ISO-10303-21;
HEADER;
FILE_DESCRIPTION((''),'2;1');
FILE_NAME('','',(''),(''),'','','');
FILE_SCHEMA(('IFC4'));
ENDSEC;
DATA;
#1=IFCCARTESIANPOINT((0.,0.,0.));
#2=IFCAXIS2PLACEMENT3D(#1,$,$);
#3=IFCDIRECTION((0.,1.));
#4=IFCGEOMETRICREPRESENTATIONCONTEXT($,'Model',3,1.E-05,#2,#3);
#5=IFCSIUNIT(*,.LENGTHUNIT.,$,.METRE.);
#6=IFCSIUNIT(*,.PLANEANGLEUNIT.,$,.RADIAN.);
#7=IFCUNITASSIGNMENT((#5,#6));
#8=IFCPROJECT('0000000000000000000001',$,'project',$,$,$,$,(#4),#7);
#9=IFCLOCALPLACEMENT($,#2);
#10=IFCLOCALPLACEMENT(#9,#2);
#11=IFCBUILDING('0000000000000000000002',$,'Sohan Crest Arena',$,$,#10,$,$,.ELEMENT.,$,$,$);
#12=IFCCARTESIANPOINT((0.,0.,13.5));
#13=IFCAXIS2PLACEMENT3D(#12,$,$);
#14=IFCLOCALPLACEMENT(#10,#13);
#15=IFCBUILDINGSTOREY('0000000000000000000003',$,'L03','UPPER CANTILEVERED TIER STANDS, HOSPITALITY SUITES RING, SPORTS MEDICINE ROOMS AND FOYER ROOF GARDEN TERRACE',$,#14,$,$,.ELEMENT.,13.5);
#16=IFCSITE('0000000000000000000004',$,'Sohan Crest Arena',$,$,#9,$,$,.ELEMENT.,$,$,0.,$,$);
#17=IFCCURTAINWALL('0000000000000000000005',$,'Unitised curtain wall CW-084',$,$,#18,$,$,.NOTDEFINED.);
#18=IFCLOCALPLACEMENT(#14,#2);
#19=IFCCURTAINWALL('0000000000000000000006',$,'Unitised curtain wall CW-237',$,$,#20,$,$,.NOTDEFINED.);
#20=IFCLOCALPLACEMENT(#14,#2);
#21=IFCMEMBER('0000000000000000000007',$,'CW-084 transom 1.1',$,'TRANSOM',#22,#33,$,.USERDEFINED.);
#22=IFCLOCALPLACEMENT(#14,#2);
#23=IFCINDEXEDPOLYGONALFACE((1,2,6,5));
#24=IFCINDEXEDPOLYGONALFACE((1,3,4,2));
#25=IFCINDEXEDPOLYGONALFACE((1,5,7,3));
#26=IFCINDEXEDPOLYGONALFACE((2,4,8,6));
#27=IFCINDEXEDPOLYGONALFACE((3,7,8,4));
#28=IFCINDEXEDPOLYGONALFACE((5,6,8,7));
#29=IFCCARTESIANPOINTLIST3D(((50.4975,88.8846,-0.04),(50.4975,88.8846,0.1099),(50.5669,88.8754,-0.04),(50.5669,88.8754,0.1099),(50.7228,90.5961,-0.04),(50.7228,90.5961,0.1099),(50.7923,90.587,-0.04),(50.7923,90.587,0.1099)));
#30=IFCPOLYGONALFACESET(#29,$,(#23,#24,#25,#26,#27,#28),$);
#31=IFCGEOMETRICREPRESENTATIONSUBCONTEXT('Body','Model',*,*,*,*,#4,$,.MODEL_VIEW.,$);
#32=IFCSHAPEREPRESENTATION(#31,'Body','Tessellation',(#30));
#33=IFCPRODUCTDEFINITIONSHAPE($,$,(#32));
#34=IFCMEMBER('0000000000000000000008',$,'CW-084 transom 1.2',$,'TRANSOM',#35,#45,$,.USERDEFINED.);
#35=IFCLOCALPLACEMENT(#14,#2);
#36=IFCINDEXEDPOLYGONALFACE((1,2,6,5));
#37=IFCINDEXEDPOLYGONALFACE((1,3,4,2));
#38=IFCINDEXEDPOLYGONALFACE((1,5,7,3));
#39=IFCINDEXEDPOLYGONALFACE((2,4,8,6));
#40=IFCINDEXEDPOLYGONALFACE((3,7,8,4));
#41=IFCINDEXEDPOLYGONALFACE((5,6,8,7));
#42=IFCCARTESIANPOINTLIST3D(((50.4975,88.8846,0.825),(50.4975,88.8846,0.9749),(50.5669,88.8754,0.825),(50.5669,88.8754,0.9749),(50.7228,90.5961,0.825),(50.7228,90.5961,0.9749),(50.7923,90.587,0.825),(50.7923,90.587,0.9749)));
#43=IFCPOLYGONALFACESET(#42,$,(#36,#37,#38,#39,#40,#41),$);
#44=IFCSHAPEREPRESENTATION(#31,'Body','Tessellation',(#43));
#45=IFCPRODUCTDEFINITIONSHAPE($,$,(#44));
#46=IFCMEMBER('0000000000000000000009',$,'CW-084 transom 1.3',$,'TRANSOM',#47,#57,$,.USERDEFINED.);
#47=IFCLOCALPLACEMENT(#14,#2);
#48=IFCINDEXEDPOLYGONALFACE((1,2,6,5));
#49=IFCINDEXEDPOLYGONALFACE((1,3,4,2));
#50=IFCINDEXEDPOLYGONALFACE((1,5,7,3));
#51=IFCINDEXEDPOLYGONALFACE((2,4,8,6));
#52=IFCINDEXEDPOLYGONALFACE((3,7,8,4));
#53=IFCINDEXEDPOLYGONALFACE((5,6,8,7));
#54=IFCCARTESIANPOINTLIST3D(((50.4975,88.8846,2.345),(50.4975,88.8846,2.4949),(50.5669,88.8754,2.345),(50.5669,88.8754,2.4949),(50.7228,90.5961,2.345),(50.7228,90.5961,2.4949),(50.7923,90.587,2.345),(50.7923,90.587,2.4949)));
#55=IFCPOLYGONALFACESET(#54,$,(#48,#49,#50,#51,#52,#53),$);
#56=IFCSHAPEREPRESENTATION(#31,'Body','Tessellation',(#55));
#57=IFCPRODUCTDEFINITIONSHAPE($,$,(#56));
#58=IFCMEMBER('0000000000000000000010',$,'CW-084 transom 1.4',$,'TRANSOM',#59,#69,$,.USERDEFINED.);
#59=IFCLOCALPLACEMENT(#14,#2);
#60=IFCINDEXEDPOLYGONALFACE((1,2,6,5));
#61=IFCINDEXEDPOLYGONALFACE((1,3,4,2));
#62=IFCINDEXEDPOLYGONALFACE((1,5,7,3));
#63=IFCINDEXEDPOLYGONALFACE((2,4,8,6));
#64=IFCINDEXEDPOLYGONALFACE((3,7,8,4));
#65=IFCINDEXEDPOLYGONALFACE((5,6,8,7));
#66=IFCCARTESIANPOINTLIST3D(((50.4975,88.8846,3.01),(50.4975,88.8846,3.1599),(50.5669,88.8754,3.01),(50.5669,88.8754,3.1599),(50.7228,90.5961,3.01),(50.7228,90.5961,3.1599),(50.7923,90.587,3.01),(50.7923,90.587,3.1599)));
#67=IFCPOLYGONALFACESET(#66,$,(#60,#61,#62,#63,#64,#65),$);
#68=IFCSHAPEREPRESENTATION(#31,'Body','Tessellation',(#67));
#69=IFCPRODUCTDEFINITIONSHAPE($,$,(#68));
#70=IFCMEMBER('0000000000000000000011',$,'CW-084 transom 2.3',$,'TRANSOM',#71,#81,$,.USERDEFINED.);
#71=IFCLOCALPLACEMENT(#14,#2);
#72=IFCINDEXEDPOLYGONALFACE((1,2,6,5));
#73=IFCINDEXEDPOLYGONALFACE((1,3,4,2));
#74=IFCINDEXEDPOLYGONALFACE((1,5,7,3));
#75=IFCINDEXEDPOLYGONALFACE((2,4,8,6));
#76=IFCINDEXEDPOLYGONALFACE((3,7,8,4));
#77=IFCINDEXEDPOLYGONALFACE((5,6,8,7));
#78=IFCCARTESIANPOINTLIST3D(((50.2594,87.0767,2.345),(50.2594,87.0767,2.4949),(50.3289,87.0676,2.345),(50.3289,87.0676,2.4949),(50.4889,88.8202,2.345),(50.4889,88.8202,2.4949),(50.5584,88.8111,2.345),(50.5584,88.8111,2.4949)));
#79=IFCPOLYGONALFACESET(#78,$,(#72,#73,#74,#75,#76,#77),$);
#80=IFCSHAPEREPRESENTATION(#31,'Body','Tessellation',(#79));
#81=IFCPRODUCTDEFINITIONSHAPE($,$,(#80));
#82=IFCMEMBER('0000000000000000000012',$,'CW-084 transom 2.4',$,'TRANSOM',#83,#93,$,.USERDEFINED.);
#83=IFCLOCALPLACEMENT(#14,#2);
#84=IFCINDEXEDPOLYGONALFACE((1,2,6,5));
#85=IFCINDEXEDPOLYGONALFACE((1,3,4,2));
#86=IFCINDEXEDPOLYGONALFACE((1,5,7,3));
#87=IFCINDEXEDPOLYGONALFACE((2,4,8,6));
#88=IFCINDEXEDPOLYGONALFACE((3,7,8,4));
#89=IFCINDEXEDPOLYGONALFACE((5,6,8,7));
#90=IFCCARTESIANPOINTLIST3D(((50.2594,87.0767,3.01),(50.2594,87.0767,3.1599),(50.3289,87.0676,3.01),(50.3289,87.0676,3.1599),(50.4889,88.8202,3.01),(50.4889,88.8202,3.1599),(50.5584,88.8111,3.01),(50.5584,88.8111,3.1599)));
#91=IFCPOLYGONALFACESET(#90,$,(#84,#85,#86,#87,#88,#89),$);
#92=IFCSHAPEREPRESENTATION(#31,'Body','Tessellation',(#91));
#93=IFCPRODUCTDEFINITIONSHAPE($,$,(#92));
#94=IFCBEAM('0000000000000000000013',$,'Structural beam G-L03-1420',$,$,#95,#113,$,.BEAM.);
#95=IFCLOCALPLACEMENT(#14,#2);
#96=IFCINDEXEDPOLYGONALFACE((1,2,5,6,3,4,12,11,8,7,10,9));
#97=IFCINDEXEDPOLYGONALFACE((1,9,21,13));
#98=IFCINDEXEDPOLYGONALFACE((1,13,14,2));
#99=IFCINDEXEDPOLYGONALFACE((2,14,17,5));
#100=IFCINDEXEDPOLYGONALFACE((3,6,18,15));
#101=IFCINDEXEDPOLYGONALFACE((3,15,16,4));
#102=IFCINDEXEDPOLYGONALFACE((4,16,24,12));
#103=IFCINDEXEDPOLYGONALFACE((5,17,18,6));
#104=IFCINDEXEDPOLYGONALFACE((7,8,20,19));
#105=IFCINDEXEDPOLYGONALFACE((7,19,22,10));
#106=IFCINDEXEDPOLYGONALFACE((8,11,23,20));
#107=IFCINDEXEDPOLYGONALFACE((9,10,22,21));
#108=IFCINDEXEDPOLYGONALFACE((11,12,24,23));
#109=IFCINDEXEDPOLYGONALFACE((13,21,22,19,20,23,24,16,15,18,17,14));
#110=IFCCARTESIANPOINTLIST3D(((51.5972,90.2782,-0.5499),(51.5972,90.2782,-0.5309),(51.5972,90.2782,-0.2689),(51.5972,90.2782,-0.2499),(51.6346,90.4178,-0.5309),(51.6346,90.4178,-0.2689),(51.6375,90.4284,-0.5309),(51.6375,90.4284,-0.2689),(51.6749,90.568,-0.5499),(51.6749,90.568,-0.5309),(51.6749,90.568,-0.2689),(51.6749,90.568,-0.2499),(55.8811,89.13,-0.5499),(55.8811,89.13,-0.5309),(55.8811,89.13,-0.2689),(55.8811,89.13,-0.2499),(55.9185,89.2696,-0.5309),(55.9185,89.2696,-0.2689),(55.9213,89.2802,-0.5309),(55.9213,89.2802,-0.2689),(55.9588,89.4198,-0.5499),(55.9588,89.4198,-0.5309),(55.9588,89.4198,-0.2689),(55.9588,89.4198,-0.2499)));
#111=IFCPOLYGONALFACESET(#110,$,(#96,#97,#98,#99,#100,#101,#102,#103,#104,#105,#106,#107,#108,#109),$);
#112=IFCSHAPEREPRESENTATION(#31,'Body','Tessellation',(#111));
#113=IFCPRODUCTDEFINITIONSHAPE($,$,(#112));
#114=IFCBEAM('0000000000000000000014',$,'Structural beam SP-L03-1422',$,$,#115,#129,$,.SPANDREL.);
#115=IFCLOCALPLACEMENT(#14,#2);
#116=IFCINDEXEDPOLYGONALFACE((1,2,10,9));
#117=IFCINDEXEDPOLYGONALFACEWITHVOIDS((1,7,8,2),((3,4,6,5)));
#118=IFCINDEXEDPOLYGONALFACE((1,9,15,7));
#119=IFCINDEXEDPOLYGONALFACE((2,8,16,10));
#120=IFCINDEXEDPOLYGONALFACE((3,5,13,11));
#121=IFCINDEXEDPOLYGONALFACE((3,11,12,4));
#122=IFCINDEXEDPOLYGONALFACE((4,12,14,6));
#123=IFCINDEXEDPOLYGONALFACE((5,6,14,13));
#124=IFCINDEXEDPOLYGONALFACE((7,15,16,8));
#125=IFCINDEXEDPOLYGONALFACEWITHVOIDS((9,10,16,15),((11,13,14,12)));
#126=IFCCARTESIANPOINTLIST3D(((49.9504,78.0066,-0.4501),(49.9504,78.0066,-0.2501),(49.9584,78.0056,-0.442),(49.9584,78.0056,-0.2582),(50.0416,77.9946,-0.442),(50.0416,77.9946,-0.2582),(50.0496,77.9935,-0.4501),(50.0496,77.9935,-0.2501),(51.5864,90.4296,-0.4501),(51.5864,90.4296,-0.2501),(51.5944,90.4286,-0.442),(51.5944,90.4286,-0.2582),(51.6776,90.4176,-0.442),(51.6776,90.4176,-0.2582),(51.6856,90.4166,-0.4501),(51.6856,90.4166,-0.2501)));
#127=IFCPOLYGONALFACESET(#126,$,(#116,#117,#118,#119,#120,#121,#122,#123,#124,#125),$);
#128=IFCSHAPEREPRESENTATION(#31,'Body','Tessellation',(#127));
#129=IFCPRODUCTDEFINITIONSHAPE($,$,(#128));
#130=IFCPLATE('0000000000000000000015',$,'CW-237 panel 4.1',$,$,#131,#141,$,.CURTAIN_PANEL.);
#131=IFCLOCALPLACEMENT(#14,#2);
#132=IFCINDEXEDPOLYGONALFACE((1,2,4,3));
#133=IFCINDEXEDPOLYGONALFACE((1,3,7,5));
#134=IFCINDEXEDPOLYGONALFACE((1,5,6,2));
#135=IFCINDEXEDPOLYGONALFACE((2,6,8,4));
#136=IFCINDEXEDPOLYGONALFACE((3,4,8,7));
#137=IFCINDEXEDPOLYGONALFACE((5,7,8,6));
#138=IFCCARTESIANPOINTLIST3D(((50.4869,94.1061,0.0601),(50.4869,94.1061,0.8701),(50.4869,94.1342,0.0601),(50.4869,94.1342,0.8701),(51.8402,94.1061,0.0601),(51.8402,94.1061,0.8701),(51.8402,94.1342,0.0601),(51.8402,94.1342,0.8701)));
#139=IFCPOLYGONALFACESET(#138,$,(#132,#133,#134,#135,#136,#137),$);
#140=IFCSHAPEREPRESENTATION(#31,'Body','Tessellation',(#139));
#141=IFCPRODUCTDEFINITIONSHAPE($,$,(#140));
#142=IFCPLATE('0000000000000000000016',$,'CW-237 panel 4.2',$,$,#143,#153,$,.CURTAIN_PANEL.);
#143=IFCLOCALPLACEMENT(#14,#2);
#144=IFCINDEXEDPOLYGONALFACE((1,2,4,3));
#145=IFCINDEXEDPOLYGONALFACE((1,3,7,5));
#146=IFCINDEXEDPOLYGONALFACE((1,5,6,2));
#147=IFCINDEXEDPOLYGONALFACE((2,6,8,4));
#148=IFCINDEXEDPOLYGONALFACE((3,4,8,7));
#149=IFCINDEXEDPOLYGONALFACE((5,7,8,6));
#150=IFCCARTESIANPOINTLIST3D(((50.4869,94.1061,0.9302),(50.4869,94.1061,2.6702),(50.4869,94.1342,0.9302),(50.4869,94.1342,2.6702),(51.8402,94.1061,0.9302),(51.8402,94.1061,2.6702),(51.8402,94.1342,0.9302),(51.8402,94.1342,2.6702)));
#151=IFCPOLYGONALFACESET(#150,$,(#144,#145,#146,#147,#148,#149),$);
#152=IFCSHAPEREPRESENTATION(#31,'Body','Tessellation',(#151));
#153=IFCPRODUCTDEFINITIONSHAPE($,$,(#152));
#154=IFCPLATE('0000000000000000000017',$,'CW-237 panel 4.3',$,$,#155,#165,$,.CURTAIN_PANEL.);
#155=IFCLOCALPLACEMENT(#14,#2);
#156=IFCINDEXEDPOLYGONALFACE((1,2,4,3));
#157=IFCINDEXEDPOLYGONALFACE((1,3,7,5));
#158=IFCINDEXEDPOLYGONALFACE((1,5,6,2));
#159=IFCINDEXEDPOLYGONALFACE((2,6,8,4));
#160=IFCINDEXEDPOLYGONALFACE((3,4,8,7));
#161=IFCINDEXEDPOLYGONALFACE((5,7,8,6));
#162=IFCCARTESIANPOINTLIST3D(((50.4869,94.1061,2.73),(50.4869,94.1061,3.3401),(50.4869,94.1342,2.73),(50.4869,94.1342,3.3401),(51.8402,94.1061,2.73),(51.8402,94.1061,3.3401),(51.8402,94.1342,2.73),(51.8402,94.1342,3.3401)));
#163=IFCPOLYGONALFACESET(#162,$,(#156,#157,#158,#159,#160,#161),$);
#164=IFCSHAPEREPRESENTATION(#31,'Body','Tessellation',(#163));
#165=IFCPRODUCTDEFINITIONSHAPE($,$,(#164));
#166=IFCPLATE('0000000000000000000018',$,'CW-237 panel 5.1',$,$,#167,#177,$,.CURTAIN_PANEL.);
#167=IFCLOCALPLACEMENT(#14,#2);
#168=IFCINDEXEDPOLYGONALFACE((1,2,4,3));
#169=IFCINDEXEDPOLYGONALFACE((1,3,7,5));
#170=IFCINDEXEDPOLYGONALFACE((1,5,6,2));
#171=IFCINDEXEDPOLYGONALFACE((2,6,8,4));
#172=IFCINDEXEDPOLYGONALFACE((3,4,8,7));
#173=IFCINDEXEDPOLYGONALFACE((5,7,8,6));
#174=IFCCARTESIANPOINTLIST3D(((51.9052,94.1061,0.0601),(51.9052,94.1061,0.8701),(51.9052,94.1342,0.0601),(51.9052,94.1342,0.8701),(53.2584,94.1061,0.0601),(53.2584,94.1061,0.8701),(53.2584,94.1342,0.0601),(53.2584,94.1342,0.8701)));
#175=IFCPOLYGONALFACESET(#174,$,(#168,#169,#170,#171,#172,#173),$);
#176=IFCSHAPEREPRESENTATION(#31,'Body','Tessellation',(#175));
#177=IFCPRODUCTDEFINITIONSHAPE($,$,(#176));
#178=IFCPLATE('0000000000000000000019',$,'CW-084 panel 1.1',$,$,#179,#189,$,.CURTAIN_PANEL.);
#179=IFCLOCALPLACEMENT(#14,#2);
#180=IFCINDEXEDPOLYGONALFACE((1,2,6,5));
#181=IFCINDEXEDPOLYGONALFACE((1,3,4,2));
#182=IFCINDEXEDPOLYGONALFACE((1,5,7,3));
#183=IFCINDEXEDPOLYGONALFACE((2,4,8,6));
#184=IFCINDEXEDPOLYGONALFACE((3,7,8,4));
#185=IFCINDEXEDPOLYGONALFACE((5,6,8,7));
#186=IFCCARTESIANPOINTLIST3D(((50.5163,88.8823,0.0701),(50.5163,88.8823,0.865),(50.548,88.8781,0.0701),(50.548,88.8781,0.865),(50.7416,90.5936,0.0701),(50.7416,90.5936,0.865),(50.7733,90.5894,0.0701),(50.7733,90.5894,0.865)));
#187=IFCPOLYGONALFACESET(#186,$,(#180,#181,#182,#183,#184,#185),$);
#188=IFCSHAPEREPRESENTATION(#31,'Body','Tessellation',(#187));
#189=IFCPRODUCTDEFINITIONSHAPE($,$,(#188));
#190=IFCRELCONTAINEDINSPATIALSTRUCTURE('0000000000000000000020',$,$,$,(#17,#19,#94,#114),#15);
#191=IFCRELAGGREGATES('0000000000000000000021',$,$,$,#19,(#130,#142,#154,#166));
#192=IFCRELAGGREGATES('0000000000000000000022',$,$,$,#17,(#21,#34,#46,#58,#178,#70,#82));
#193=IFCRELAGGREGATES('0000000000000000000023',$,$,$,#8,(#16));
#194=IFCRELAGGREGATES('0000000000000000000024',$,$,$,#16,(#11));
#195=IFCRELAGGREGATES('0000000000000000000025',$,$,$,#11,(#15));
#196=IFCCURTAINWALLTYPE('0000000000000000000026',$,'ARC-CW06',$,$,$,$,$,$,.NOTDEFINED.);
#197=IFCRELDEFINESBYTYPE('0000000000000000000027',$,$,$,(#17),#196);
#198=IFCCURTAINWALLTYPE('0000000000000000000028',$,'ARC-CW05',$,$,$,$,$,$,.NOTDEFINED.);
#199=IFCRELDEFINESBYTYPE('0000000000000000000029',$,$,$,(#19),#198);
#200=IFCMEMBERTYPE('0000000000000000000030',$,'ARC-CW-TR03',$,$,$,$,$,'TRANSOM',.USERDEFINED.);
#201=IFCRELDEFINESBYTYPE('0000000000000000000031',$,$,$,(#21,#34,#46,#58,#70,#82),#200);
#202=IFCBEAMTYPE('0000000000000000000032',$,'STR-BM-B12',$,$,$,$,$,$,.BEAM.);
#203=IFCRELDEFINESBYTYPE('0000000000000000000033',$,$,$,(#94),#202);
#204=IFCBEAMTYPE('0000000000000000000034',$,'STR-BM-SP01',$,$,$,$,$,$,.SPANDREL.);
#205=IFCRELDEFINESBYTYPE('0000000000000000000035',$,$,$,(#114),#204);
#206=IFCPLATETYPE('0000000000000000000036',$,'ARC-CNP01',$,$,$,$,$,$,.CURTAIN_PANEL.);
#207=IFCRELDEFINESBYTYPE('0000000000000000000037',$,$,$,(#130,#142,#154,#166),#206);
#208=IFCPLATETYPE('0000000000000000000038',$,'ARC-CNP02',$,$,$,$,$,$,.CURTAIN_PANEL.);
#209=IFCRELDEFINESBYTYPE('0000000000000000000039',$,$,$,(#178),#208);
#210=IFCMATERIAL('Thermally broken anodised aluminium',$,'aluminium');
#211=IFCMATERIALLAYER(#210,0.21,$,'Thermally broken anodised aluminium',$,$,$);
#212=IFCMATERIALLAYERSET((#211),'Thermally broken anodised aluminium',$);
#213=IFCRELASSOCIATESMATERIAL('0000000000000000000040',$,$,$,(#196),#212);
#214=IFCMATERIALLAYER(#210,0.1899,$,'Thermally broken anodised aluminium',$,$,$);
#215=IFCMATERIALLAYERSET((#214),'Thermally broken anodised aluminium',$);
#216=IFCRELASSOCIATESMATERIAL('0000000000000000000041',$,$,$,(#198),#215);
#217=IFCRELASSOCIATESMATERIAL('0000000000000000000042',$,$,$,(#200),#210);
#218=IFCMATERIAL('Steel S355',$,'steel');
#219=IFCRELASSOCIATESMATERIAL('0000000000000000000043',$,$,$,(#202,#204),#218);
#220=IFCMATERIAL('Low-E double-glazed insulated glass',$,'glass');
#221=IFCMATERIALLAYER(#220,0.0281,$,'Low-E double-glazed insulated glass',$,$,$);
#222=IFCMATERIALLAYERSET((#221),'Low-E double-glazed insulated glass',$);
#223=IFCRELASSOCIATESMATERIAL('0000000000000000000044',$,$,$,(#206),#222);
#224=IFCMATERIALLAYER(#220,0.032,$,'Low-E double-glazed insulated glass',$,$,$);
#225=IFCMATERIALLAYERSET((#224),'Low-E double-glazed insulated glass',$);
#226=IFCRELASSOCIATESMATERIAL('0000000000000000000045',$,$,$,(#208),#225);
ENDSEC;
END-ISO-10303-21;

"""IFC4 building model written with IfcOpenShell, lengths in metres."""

from ifc_helpers import new_model, si_unit, direction, frame, origin, origin_2d, place, context, subcontext, project, spatial, rectangle, hollow_rectangle, i_section, extrude, material, layer, layer_set, material_profile, profile_set, type_object, element, aggregate, save


model = new_model("IFC4")

# Units and contexts
model_context = context("Model", 3, precision=1e-05, world=origin(), true_north=direction((0.0, 1.0)))
body_context = subcontext(model_context, "Body", "Model", "MODEL_VIEW")
ifc_project = project(units=[si_unit("LENGTHUNIT", "METRE"), si_unit("PLANEANGLEUNIT", "RADIAN")], contexts=[model_context])

# Site, building, storey
site_placement = place(None, origin())
site = spatial("IfcSite", under=ifc_project, at=site_placement, Name="Sohan Crest Arena", CompositionType="ELEMENT", RefElevation=0.0)
building_placement = place(site_placement, origin())
building = spatial("IfcBuilding", under=site, at=building_placement, Name="Sohan Crest Arena", CompositionType="ELEMENT")
storey_placement = place(building_placement, frame((0.0, 0.0, 13.5)))
storey = spatial("IfcBuildingStorey", under=building, at=storey_placement, Name="L03", Description="UPPER CANTILEVERED TIER STANDS, HOSPITALITY SUITES RING, SPORTS MEDICINE ROOMS AND FOYER ROOF GARDEN TERRACE", CompositionType="ELEMENT", Elevation=13.5)

# Shared definitions
ifc_material_1 = material(Name="Steel S355", Category="steel")

# Curtain walls
ifc_material_2 = material(Name="Thermally broken anodised aluminium", Category="aluminium")
ifc_layer_1 = layer(ifc_material_2, 0.21, Name="Thermally broken anodised aluminium")
ifc_layer_set_1 = layer_set([ifc_layer_1], Name="Thermally broken anodised aluminium")
curtain_wall_type_1 = type_object("IfcCurtainWallType", Name="ARC-CW06", PredefinedType="NOTDEFINED", material=ifc_layer_set_1)
curtain_wall_1_placement = place(storey_placement, origin())
curtain_wall_1 = element("IfcCurtainWall", 1, at=curtain_wall_1_placement, inside=storey, type_object=curtain_wall_type_1, Name="Unitised curtain wall CW-084", PredefinedType="NOTDEFINED")
ifc_layer_2 = layer(ifc_material_2, 0.1899, Name="Thermally broken anodised aluminium")
ifc_layer_set_2 = layer_set([ifc_layer_2], Name="Thermally broken anodised aluminium")
curtain_wall_type_2 = type_object("IfcCurtainWallType", Name="ARC-CW05", PredefinedType="NOTDEFINED", material=ifc_layer_set_2)
curtain_wall_2_placement = place(storey_placement, origin())
curtain_wall_2 = element("IfcCurtainWall", 2, at=curtain_wall_2_placement, inside=storey, type_object=curtain_wall_type_2, Name="Unitised curtain wall CW-237", PredefinedType="NOTDEFINED")

# Members
ifc_material_profile_1 = material_profile(ifc_material_2, rectangle(XDim=0.0701, YDim=0.1499, at=origin_2d()), Name="ALU-TRAN 70x150")
ifc_profile_set_1 = profile_set([ifc_material_profile_1], Name="Thermally broken anodised aluminium")
member_type_1 = type_object("IfcMemberType", Name="ARC-CW-TR03", ElementType="TRANSOM", PredefinedType="USERDEFINED", material=ifc_profile_set_1)
member_1_placement = place(storey_placement, frame((50.7576, 90.5916, 0.0349), z_axis=(-0.130542, -0.991443, 0.0), x_axis=(0.991443, -0.130542, 0.0)))
member_1 = element("IfcMember", 3, at=member_1_placement, type_object=member_type_1, Name="CW-084 transom 1.1", ObjectType="TRANSOM", PredefinedType="USERDEFINED", context=body_context, shape_type="SweptSolid", body=[
    extrude(rectangle(XDim=0.0701, YDim=0.1499, at=origin_2d()), origin(), (0.0, 0.0, 1.0), 1.7263),
])
member_2_placement = place(storey_placement, frame((50.7576, 90.5916, 0.8999), z_axis=(-0.130542, -0.991443, 0.0), x_axis=(0.991443, -0.130542, 0.0)))
member_2 = element("IfcMember", 4, at=member_2_placement, type_object=member_type_1, Name="CW-084 transom 1.2", ObjectType="TRANSOM", PredefinedType="USERDEFINED", context=body_context, shape_type="SweptSolid", body=[
    extrude(rectangle(XDim=0.0701, YDim=0.1499, at=origin_2d()), origin(), (0.0, 0.0, 1.0), 1.7263),
])
member_3_placement = place(storey_placement, frame((50.7576, 90.5916, 2.4199), z_axis=(-0.130542, -0.991443, 0.0), x_axis=(0.991443, -0.130542, 0.0)))
member_3 = element("IfcMember", 5, at=member_3_placement, type_object=member_type_1, Name="CW-084 transom 1.3", ObjectType="TRANSOM", PredefinedType="USERDEFINED", context=body_context, shape_type="SweptSolid", body=[
    extrude(rectangle(XDim=0.0701, YDim=0.1499, at=origin_2d()), origin(), (0.0, 0.0, 1.0), 1.7263),
])
member_4_placement = place(storey_placement, frame((50.7576, 90.5916, 3.085), z_axis=(-0.130542, -0.991443, 0.0), x_axis=(0.991443, -0.130542, 0.0)))
member_4 = element("IfcMember", 6, at=member_4_placement, type_object=member_type_1, Name="CW-084 transom 1.4", ObjectType="TRANSOM", PredefinedType="USERDEFINED", context=body_context, shape_type="SweptSolid", body=[
    extrude(rectangle(XDim=0.0701, YDim=0.1499, at=origin_2d()), origin(), (0.0, 0.0, 1.0), 1.7263),
])
member_5_placement = place(storey_placement, frame((50.5237, 88.8157, 2.4199), z_axis=(-0.130508, -0.991447, 0.0), x_axis=(0.991447, -0.130508, 0.0)))
member_5 = element("IfcMember", 7, at=member_5_placement, type_object=member_type_1, Name="CW-084 transom 2.3", ObjectType="TRANSOM", PredefinedType="USERDEFINED", context=body_context, shape_type="SweptSolid", body=[
    extrude(rectangle(XDim=0.0701, YDim=0.1499, at=origin_2d()), origin(), (0.0, 0.0, 1.0), 1.7585),
])
member_6_placement = place(storey_placement, frame((50.5237, 88.8157, 3.085), z_axis=(-0.130508, -0.991447, 0.0), x_axis=(0.991447, -0.130508, 0.0)))
member_6 = element("IfcMember", 8, at=member_6_placement, type_object=member_type_1, Name="CW-084 transom 2.4", ObjectType="TRANSOM", PredefinedType="USERDEFINED", context=body_context, shape_type="SweptSolid", body=[
    extrude(rectangle(XDim=0.0701, YDim=0.1499, at=origin_2d()), origin(), (0.0, 0.0, 1.0), 1.7585),
])

# Beams
ifc_material_profile_2 = material_profile(ifc_material_1, i_section(OverallWidth=0.3, OverallDepth=0.3, WebThickness=0.011, FlangeThickness=0.019, at=origin_2d()), Name="HEB 300")
ifc_profile_set_2 = profile_set([ifc_material_profile_2], Name="Steel S355")
beam_type_1 = type_object("IfcBeamType", Name="STR-BM-B12", PredefinedType="BEAM", material=ifc_profile_set_2)
beam_1_placement = place(storey_placement, frame((55.9199, 89.2749, -0.3999), z_axis=(-0.965908, 0.258886, 0.0), x_axis=(-0.258886, -0.965908, 0.0)))
element("IfcBeam", 9, at=beam_1_placement, inside=storey, type_object=beam_type_1, Name="Structural beam G-L03-1420", PredefinedType="BEAM", context=body_context, shape_type="SweptSolid", body=[
    extrude(i_section(OverallWidth=0.3, OverallDepth=0.3, WebThickness=0.011, FlangeThickness=0.019, at=origin_2d()), origin(), (0.0, 0.0, 1.0), 4.4351),
])
ifc_material_profile_3 = material_profile(ifc_material_1, hollow_rectangle(XDim=0.1001, YDim=0.2, WallThickness=0.0081, at=origin_2d()), Name="RHS 200x100x8")
ifc_profile_set_3 = profile_set([ifc_material_profile_3], Name="Steel S355")
beam_type_2 = type_object("IfcBeamType", Name="STR-BM-SP01", PredefinedType="SPANDREL", material=ifc_profile_set_3)
beam_2_placement = place(storey_placement, frame((51.636, 90.4231, -0.3501), z_axis=(-0.130562, -0.99144, 0.0), x_axis=(0.99144, -0.130562, 0.0)))
element("IfcBeam", 10, at=beam_2_placement, inside=storey, type_object=beam_type_2, Name="Structural beam SP-L03-1422", PredefinedType="SPANDREL", context=body_context, shape_type="SweptSolid", body=[
    extrude(hollow_rectangle(XDim=0.1001, YDim=0.2, WallThickness=0.0081, at=origin_2d()), origin(), (0.0, 0.0, 1.0), 12.5303),
])

# Plates
ifc_material_3 = material(Name="Low-E double-glazed insulated glass", Category="glass")
ifc_layer_3 = layer(ifc_material_3, 0.0281, Name="Low-E double-glazed insulated glass")
ifc_layer_set_3 = layer_set([ifc_layer_3], Name="Low-E double-glazed insulated glass")
plate_type_1 = type_object("IfcPlateType", Name="ARC-CNP01", PredefinedType="CURTAIN_PANEL", material=ifc_layer_set_3)
plate_1_placement = place(storey_placement, frame((51.1636, 94.1201, 0.0601), z_axis=(0.0, 0.0, 1.0), x_axis=(1.0, 0.0, 0.0)))
plate_1 = element("IfcPlate", 11, at=plate_1_placement, type_object=plate_type_1, Name="CW-237 panel 4.1", PredefinedType="CURTAIN_PANEL", context=body_context, shape_type="SweptSolid", body=[
    extrude(rectangle(XDim=1.3533, YDim=0.0281, at=origin_2d()), origin(), (0.0, 0.0, 1.0), 0.8101),
])
plate_2_placement = place(storey_placement, frame((51.1636, 94.1201, 0.9302), z_axis=(0.0, 0.0, 1.0), x_axis=(1.0, 0.0, 0.0)))
plate_2 = element("IfcPlate", 12, at=plate_2_placement, type_object=plate_type_1, Name="CW-237 panel 4.2", PredefinedType="CURTAIN_PANEL", context=body_context, shape_type="SweptSolid", body=[
    extrude(rectangle(XDim=1.3533, YDim=0.0281, at=origin_2d()), origin(), (0.0, 0.0, 1.0), 1.74),
])
plate_3_placement = place(storey_placement, frame((51.1636, 94.1201, 2.73), z_axis=(0.0, 0.0, 1.0), x_axis=(1.0, 0.0, 0.0)))
plate_3 = element("IfcPlate", 13, at=plate_3_placement, type_object=plate_type_1, Name="CW-237 panel 4.3", PredefinedType="CURTAIN_PANEL", context=body_context, shape_type="SweptSolid", body=[
    extrude(rectangle(XDim=1.3533, YDim=0.0281, at=origin_2d()), origin(), (0.0, 0.0, 1.0), 0.6101),
])
plate_4_placement = place(storey_placement, frame((52.5818, 94.1201, 0.0601), z_axis=(0.0, 0.0, 1.0), x_axis=(1.0, 0.0, 0.0)))
plate_4 = element("IfcPlate", 14, at=plate_4_placement, type_object=plate_type_1, Name="CW-237 panel 5.1", PredefinedType="CURTAIN_PANEL", context=body_context, shape_type="SweptSolid", body=[
    extrude(rectangle(XDim=1.3533, YDim=0.0281, at=origin_2d()), origin(), (0.0, 0.0, 1.0), 0.8101),
])
aggregate(curtain_wall_2, [plate_1, plate_2, plate_3, plate_4])
ifc_layer_4 = layer(ifc_material_3, 0.032, Name="Low-E double-glazed insulated glass")
ifc_layer_set_4 = layer_set([ifc_layer_4], Name="Low-E double-glazed insulated glass")
plate_type_2 = type_object("IfcPlateType", Name="ARC-CNP02", PredefinedType="CURTAIN_PANEL", material=ifc_layer_set_4)
plate_5_placement = place(storey_placement, frame((50.6448, 89.7358, 0.0701), z_axis=(0.0, 0.0, 1.0), x_axis=(-0.130511, -0.991447, 0.0)))
plate_5 = element("IfcPlate", 15, at=plate_5_placement, type_object=plate_type_2, Name="CW-084 panel 1.1", PredefinedType="CURTAIN_PANEL", context=body_context, shape_type="SweptSolid", body=[
    extrude(rectangle(XDim=1.7261, YDim=0.032, at=origin_2d()), origin(), (0.0, 0.0, 1.0), 0.7949),
])
aggregate(curtain_wall_1, [member_1, member_2, member_3, member_4, plate_5, member_5, member_6])

save(model, "model.ifc")
